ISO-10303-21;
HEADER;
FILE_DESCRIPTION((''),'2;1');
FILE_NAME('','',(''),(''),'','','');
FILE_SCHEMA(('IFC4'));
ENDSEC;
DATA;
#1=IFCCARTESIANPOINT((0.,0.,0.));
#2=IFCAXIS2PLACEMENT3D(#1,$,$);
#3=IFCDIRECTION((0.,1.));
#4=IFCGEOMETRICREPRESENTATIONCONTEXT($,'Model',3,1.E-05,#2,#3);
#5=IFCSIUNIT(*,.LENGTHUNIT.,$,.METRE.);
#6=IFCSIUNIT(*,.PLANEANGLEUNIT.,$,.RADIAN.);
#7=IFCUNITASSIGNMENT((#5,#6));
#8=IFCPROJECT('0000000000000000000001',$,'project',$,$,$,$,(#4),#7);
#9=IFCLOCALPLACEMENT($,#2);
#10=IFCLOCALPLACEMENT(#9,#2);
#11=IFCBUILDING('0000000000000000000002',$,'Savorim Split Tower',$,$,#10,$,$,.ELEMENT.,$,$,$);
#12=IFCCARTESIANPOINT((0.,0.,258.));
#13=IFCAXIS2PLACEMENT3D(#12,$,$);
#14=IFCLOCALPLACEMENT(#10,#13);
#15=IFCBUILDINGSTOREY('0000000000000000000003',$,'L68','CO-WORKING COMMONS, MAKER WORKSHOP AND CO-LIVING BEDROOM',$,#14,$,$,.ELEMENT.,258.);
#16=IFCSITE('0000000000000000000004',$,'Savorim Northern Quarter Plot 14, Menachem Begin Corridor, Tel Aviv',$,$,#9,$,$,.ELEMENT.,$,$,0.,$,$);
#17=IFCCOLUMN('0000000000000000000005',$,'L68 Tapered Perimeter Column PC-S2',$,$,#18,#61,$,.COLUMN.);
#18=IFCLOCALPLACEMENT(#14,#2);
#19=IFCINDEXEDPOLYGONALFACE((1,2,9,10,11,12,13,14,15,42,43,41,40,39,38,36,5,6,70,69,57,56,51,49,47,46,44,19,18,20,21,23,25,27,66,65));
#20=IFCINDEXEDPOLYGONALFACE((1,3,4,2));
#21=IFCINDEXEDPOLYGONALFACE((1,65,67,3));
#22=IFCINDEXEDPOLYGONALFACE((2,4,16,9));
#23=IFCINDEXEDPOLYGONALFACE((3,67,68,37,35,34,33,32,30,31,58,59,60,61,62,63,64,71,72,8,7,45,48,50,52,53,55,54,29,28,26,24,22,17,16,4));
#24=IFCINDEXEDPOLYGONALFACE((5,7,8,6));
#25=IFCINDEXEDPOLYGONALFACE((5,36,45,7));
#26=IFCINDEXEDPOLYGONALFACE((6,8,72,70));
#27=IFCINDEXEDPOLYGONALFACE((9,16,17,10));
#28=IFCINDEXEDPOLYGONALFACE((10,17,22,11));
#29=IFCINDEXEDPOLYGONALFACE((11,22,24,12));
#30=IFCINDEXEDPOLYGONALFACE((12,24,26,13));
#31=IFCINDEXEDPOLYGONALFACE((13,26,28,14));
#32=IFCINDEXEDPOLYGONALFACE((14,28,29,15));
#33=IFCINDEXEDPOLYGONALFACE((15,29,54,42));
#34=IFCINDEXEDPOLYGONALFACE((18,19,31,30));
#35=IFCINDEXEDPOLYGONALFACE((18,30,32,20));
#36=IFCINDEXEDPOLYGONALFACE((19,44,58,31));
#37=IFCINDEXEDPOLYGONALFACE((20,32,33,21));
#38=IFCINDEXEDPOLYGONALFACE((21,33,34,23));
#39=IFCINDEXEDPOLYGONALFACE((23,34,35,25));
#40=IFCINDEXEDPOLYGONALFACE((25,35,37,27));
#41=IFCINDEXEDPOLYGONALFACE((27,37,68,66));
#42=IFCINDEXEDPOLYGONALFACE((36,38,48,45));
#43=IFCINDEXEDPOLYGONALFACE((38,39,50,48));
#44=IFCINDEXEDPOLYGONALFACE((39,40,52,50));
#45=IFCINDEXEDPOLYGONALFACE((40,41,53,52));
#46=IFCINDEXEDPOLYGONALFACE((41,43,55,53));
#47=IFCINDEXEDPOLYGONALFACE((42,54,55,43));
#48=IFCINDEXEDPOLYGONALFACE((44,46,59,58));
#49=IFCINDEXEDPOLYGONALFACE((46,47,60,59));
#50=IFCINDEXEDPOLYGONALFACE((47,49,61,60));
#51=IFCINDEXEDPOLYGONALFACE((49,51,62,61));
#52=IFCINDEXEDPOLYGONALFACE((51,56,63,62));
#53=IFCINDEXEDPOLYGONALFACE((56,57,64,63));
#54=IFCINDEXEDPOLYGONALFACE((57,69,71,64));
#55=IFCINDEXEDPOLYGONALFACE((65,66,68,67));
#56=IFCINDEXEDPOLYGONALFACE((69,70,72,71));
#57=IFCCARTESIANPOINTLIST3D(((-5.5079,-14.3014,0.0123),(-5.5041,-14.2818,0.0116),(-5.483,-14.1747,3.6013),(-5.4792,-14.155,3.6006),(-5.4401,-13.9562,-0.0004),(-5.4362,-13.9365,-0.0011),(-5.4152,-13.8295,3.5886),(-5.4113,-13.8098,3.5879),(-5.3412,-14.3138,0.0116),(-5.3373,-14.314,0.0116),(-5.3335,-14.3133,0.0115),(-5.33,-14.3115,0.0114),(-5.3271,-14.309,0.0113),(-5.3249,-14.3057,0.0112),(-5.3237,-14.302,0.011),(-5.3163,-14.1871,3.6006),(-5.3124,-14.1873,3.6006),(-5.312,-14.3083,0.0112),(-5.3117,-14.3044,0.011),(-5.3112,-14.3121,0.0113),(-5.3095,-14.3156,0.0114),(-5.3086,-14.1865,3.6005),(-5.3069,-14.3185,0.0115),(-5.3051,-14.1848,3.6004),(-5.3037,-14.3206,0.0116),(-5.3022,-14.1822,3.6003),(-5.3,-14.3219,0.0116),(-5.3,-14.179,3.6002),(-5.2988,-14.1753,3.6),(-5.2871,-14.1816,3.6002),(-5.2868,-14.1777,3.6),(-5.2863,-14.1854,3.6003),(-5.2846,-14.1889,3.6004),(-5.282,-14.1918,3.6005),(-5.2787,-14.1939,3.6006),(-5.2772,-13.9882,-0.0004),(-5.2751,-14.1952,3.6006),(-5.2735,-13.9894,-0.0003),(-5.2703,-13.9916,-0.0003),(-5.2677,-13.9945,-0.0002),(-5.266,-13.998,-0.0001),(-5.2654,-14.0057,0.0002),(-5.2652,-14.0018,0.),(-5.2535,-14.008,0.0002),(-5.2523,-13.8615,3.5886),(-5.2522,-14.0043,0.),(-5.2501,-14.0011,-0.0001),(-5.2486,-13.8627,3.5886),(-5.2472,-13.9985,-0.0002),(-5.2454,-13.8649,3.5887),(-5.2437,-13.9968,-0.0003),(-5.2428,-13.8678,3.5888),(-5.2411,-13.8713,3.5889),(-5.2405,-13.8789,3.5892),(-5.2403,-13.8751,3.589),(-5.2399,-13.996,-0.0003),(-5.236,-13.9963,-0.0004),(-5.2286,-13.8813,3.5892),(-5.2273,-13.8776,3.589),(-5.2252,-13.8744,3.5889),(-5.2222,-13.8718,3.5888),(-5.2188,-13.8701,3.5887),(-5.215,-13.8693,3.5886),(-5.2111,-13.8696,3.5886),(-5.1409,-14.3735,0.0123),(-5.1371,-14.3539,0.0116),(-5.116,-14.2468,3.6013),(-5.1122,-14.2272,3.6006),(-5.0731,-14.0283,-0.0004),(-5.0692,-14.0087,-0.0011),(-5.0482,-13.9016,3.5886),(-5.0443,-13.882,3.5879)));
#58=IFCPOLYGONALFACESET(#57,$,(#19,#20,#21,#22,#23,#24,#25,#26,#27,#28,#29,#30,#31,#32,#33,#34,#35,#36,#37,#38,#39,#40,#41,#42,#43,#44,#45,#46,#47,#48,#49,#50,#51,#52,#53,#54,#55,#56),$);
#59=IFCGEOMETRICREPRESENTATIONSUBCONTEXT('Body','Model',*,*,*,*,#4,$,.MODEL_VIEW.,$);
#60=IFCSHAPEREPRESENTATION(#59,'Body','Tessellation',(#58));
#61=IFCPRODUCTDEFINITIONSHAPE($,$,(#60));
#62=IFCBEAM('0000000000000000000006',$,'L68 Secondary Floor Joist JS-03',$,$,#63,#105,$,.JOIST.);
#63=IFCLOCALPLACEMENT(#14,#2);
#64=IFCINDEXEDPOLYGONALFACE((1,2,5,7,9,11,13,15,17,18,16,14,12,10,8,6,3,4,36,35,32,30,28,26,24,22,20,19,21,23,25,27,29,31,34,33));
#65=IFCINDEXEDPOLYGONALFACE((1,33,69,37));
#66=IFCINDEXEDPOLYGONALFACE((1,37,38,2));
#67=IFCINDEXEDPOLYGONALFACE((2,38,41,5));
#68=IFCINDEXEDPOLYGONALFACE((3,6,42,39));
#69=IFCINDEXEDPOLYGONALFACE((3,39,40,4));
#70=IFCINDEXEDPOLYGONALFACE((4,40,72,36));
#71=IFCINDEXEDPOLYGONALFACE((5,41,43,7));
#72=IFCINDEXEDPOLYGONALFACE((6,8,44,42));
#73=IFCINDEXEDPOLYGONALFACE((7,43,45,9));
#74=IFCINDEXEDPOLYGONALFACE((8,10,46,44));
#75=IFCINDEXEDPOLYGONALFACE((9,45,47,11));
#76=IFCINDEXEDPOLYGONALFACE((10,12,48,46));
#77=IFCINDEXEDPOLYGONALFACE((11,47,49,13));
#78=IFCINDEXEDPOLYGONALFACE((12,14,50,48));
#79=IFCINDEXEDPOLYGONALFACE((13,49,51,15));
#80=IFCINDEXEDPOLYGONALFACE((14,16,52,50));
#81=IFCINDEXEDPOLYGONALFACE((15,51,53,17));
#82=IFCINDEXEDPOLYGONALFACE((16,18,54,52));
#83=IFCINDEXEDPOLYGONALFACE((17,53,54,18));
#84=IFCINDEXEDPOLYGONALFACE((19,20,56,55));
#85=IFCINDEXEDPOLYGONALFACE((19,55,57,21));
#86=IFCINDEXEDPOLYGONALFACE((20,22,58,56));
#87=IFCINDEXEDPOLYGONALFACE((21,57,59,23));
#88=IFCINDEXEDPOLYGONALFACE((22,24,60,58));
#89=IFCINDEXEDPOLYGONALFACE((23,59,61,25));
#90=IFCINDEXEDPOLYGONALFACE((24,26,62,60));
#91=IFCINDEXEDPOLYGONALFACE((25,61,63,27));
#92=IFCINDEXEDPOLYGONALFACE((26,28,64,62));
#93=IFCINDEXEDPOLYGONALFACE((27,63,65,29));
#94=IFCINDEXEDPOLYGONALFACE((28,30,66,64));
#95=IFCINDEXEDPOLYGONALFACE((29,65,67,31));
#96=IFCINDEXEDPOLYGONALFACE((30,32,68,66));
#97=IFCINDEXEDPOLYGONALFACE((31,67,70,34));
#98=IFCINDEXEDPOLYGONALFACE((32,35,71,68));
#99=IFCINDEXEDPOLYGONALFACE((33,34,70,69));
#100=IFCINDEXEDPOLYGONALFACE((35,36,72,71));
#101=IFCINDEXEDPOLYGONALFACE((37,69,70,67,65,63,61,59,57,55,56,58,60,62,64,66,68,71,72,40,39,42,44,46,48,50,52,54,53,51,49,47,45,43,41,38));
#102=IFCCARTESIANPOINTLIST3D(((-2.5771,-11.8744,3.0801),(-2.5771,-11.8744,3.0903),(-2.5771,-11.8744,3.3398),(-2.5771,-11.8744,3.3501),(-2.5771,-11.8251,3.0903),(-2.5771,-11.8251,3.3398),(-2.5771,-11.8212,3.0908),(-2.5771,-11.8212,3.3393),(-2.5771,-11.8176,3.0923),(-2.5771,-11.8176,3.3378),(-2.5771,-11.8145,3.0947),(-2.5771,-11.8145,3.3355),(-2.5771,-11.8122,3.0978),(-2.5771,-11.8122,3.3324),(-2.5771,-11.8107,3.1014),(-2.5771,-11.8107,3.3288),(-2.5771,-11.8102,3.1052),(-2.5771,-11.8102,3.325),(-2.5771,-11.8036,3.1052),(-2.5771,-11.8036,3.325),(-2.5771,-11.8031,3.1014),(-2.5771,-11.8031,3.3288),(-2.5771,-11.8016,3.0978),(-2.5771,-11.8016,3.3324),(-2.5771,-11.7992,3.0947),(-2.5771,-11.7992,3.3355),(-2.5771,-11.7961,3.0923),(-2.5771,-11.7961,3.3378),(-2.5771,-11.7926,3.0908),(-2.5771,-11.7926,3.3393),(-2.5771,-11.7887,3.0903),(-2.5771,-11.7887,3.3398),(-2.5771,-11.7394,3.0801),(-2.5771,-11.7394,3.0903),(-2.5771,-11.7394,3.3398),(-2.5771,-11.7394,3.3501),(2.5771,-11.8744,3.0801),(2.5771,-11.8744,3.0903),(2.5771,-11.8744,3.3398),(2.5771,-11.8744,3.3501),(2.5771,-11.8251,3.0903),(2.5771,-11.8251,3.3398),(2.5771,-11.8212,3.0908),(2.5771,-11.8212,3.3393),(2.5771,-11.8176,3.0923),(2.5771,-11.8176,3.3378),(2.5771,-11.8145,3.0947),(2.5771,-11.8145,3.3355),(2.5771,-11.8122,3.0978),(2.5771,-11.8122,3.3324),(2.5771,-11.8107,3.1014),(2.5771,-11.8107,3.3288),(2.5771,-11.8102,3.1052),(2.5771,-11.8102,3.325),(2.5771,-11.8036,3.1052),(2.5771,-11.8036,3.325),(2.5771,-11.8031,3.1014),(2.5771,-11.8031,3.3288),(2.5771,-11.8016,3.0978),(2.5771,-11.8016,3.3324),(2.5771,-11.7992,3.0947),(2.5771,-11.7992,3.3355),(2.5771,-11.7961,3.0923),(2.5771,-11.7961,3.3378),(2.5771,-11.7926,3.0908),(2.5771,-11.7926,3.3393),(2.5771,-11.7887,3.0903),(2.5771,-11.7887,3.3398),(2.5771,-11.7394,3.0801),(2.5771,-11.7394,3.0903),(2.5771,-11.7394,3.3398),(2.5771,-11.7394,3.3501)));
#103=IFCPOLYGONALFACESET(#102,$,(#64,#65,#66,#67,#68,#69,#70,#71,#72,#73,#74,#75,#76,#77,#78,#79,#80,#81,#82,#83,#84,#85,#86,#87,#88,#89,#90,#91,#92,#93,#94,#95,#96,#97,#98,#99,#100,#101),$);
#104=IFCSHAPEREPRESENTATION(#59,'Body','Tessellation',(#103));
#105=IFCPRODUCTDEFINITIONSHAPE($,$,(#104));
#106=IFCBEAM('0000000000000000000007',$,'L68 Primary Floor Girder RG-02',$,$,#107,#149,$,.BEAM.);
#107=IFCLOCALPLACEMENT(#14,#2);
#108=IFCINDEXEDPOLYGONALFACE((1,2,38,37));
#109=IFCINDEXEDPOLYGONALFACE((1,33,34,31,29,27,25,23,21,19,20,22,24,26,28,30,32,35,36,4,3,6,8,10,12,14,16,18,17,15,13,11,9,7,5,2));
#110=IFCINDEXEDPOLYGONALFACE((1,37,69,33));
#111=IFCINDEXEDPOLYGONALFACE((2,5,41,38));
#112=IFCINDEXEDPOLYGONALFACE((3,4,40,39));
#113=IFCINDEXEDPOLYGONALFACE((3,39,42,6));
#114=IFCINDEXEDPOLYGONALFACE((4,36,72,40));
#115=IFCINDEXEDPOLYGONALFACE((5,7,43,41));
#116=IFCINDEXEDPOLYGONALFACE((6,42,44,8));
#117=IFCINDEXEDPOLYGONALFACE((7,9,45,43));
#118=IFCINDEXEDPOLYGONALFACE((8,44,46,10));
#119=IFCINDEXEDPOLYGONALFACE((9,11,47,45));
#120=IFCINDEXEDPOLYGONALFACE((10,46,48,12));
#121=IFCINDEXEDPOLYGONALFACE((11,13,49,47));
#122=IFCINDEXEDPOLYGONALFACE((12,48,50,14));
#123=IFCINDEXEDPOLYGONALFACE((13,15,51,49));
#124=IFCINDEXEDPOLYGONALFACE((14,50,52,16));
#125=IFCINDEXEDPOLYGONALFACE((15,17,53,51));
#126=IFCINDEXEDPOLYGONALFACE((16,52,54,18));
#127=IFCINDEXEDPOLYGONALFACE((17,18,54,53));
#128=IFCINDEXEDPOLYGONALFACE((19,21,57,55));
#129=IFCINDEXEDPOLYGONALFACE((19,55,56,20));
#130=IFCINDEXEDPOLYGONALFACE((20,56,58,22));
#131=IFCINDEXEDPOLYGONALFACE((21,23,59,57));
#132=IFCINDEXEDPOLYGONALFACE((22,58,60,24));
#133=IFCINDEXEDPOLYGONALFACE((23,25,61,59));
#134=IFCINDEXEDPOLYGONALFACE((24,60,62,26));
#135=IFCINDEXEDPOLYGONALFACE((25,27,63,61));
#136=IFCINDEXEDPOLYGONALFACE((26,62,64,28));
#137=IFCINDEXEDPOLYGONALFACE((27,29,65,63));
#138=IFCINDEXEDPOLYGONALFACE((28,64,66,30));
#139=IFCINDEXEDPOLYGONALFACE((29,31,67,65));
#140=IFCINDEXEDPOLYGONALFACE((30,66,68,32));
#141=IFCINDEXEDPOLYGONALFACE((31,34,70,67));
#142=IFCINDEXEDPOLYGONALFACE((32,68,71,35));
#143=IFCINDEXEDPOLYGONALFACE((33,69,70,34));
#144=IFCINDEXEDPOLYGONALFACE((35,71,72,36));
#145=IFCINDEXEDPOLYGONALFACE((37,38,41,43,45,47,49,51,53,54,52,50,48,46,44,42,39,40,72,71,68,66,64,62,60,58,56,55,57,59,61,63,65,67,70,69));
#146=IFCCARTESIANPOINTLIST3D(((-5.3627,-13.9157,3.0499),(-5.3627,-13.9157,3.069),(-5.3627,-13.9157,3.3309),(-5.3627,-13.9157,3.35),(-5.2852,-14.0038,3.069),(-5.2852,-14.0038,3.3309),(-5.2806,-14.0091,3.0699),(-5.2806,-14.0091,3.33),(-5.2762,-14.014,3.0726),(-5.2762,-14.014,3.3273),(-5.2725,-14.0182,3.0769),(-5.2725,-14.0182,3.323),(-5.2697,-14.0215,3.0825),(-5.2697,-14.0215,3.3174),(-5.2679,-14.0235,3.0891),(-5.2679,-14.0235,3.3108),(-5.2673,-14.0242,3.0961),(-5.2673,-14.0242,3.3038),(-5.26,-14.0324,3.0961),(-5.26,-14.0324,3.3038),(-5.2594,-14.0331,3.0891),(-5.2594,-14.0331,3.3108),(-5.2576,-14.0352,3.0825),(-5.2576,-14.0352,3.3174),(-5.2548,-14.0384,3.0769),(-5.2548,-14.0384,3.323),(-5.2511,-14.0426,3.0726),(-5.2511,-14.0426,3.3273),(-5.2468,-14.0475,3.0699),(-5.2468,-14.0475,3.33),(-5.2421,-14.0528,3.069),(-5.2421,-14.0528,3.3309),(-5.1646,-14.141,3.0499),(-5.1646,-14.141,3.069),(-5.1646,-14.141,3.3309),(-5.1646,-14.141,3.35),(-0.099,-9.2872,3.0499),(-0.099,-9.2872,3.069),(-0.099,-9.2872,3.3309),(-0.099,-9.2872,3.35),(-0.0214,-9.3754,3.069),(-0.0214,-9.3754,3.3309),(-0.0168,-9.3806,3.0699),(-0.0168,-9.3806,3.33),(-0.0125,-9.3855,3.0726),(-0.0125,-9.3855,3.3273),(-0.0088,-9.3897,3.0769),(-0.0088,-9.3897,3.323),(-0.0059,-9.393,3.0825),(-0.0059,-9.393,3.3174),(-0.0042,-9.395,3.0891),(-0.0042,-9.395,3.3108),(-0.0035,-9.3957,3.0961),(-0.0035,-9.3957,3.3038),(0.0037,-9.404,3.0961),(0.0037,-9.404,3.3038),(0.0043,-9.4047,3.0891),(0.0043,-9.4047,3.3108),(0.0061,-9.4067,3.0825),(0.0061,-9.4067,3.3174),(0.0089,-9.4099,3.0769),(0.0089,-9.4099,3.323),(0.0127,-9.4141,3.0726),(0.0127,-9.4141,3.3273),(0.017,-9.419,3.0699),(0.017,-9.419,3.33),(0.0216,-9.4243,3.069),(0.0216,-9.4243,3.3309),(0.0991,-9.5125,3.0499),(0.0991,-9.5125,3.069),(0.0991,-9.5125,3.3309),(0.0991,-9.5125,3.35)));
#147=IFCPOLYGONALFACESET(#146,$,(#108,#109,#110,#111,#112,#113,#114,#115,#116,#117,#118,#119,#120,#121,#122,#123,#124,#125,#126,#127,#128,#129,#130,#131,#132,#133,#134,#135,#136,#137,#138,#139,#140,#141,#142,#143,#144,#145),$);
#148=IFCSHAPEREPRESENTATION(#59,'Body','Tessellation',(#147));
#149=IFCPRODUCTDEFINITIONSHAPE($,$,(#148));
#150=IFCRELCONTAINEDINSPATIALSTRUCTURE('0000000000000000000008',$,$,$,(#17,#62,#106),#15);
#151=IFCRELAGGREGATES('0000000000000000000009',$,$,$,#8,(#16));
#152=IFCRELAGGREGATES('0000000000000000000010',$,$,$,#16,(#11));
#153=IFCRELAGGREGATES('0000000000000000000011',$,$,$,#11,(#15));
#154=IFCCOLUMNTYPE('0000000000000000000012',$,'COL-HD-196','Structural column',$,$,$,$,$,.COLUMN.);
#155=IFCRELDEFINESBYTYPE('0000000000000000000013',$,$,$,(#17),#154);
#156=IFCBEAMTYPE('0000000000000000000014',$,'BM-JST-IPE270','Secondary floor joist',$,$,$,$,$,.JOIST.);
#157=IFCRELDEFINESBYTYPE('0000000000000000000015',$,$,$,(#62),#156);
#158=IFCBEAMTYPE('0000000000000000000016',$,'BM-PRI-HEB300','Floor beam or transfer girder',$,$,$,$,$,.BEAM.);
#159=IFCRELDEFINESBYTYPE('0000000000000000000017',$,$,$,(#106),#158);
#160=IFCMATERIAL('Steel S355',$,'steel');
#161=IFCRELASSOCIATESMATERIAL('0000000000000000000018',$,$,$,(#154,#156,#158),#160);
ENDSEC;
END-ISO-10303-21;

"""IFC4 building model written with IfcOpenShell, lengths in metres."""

from ifc_helpers import new_model, si_unit, direction, frame, origin, origin_2d, place, context, subcontext, project, spatial, i_section, extrude, material, material_profile, profile_set, type_object, element, save


model = new_model("IFC4")

# Units and contexts
model_context = context("Model", 3, precision=1e-05, world=origin(), true_north=direction((0.0, 1.0)))
body_context = subcontext(model_context, "Body", "Model", "MODEL_VIEW")
ifc_project = project(units=[si_unit("LENGTHUNIT", "METRE"), si_unit("PLANEANGLEUNIT", "RADIAN")], contexts=[model_context])

# Site, building, storey
site_placement = place(None, origin())
site = spatial("IfcSite", under=ifc_project, at=site_placement, Name="Savorim Northern Quarter Plot 14, Menachem Begin Corridor, Tel Aviv", CompositionType="ELEMENT", RefElevation=0.0)
building_placement = place(site_placement, origin())
building = spatial("IfcBuilding", under=site, at=building_placement, Name="Savorim Split Tower", CompositionType="ELEMENT")
storey_placement = place(building_placement, frame((0.0, 0.0, 258.0)))
storey = spatial("IfcBuildingStorey", under=building, at=storey_placement, Name="L68", Description="CO-WORKING COMMONS, MAKER WORKSHOP AND CO-LIVING BEDROOM", CompositionType="ELEMENT", Elevation=258.0)

# Column
ifc_material_1 = material(Name="Steel S355", Category="steel")
ifc_material_profile_1 = material_profile(ifc_material_1, i_section(OverallWidth=0.374, OverallDepth=0.3721, WebThickness=0.0122, FlangeThickness=0.02, FilletRadius=0.0149, at=origin_2d()), Name="HD 360x196")
ifc_profile_set_1 = profile_set([ifc_material_profile_1], Name="Steel S355")
column_type = type_object("IfcColumnType", Name="COL-HD-196", Description="Structural column", PredefinedType="COLUMN", material=ifc_profile_set_1)
column_placement = place(storey_placement, frame((-5.2886, -14.155, 0.0056), z_axis=(0.006934, 0.035283, 0.999353), x_axis=(-0.98123, 0.192843, 0.0)))
element("IfcColumn", 1, at=column_placement, inside=storey, type_object=column_type, Name="L68 Tapered Perimeter Column PC-S2", PredefinedType="COLUMN", context=body_context, shape_type="SweptSolid", body=[
    extrude(i_section(OverallWidth=0.374, OverallDepth=0.3721, WebThickness=0.0122, FlangeThickness=0.02, FilletRadius=0.0149, at=origin_2d()), origin(), (0.0, 0.0, 1.0), 3.5913),
])

# Beams
ifc_material_profile_2 = material_profile(ifc_material_1, i_section(OverallWidth=0.135, OverallDepth=0.27, WebThickness=0.0066, FlangeThickness=0.0103, FilletRadius=0.0149, at=origin_2d()), Name="IPE 270")
ifc_profile_set_2 = profile_set([ifc_material_profile_2], Name="Steel S355")
beam_type_1 = type_object("IfcBeamType", Name="BM-JST-IPE270", Description="Secondary floor joist", PredefinedType="JOIST", material=ifc_profile_set_2)
beam_1_placement = place(storey_placement, frame((-2.5771, -11.8069, 3.2151), z_axis=(1.0, 0.0, 0.0), x_axis=(0.0, 1.0, 0.0)))
element("IfcBeam", 2, at=beam_1_placement, inside=storey, type_object=beam_type_1, Name="L68 Secondary Floor Joist JS-03", PredefinedType="JOIST", context=body_context, shape_type="SweptSolid", body=[
    extrude(i_section(OverallWidth=0.135, OverallDepth=0.27, WebThickness=0.0066, FlangeThickness=0.0103, FilletRadius=0.0149, at=origin_2d()), origin(), (0.0, 0.0, 1.0), 5.1543),
])
ifc_material_profile_3 = material_profile(ifc_material_1, i_section(OverallWidth=0.3, OverallDepth=0.3, WebThickness=0.011, FlangeThickness=0.019, FilletRadius=0.0271, at=origin_2d()), Name="HEB 300")
ifc_profile_set_3 = profile_set([ifc_material_profile_3], Name="Steel S355")
beam_type_2 = type_object("IfcBeamType", Name="BM-PRI-HEB300", Description="Floor beam or transfer girder", PredefinedType="BEAM", material=ifc_profile_set_3)
beam_2_placement = place(storey_placement, frame((-5.2637, -14.0283, 3.2), z_axis=(0.750969, 0.660337, 0.0), x_axis=(-0.660337, 0.750969, 0.0)))
element("IfcBeam", 3, at=beam_2_placement, inside=storey, type_object=beam_type_2, Name="L68 Primary Floor Girder RG-02", PredefinedType="BEAM", context=body_context, shape_type="SweptSolid", body=[
    extrude(i_section(OverallWidth=0.3, OverallDepth=0.3, WebThickness=0.011, FlangeThickness=0.019, FilletRadius=0.0271, at=origin_2d()), origin(), (0.0, 0.0, 1.0), 7.0093),
])

save(model, "model.ifc")
